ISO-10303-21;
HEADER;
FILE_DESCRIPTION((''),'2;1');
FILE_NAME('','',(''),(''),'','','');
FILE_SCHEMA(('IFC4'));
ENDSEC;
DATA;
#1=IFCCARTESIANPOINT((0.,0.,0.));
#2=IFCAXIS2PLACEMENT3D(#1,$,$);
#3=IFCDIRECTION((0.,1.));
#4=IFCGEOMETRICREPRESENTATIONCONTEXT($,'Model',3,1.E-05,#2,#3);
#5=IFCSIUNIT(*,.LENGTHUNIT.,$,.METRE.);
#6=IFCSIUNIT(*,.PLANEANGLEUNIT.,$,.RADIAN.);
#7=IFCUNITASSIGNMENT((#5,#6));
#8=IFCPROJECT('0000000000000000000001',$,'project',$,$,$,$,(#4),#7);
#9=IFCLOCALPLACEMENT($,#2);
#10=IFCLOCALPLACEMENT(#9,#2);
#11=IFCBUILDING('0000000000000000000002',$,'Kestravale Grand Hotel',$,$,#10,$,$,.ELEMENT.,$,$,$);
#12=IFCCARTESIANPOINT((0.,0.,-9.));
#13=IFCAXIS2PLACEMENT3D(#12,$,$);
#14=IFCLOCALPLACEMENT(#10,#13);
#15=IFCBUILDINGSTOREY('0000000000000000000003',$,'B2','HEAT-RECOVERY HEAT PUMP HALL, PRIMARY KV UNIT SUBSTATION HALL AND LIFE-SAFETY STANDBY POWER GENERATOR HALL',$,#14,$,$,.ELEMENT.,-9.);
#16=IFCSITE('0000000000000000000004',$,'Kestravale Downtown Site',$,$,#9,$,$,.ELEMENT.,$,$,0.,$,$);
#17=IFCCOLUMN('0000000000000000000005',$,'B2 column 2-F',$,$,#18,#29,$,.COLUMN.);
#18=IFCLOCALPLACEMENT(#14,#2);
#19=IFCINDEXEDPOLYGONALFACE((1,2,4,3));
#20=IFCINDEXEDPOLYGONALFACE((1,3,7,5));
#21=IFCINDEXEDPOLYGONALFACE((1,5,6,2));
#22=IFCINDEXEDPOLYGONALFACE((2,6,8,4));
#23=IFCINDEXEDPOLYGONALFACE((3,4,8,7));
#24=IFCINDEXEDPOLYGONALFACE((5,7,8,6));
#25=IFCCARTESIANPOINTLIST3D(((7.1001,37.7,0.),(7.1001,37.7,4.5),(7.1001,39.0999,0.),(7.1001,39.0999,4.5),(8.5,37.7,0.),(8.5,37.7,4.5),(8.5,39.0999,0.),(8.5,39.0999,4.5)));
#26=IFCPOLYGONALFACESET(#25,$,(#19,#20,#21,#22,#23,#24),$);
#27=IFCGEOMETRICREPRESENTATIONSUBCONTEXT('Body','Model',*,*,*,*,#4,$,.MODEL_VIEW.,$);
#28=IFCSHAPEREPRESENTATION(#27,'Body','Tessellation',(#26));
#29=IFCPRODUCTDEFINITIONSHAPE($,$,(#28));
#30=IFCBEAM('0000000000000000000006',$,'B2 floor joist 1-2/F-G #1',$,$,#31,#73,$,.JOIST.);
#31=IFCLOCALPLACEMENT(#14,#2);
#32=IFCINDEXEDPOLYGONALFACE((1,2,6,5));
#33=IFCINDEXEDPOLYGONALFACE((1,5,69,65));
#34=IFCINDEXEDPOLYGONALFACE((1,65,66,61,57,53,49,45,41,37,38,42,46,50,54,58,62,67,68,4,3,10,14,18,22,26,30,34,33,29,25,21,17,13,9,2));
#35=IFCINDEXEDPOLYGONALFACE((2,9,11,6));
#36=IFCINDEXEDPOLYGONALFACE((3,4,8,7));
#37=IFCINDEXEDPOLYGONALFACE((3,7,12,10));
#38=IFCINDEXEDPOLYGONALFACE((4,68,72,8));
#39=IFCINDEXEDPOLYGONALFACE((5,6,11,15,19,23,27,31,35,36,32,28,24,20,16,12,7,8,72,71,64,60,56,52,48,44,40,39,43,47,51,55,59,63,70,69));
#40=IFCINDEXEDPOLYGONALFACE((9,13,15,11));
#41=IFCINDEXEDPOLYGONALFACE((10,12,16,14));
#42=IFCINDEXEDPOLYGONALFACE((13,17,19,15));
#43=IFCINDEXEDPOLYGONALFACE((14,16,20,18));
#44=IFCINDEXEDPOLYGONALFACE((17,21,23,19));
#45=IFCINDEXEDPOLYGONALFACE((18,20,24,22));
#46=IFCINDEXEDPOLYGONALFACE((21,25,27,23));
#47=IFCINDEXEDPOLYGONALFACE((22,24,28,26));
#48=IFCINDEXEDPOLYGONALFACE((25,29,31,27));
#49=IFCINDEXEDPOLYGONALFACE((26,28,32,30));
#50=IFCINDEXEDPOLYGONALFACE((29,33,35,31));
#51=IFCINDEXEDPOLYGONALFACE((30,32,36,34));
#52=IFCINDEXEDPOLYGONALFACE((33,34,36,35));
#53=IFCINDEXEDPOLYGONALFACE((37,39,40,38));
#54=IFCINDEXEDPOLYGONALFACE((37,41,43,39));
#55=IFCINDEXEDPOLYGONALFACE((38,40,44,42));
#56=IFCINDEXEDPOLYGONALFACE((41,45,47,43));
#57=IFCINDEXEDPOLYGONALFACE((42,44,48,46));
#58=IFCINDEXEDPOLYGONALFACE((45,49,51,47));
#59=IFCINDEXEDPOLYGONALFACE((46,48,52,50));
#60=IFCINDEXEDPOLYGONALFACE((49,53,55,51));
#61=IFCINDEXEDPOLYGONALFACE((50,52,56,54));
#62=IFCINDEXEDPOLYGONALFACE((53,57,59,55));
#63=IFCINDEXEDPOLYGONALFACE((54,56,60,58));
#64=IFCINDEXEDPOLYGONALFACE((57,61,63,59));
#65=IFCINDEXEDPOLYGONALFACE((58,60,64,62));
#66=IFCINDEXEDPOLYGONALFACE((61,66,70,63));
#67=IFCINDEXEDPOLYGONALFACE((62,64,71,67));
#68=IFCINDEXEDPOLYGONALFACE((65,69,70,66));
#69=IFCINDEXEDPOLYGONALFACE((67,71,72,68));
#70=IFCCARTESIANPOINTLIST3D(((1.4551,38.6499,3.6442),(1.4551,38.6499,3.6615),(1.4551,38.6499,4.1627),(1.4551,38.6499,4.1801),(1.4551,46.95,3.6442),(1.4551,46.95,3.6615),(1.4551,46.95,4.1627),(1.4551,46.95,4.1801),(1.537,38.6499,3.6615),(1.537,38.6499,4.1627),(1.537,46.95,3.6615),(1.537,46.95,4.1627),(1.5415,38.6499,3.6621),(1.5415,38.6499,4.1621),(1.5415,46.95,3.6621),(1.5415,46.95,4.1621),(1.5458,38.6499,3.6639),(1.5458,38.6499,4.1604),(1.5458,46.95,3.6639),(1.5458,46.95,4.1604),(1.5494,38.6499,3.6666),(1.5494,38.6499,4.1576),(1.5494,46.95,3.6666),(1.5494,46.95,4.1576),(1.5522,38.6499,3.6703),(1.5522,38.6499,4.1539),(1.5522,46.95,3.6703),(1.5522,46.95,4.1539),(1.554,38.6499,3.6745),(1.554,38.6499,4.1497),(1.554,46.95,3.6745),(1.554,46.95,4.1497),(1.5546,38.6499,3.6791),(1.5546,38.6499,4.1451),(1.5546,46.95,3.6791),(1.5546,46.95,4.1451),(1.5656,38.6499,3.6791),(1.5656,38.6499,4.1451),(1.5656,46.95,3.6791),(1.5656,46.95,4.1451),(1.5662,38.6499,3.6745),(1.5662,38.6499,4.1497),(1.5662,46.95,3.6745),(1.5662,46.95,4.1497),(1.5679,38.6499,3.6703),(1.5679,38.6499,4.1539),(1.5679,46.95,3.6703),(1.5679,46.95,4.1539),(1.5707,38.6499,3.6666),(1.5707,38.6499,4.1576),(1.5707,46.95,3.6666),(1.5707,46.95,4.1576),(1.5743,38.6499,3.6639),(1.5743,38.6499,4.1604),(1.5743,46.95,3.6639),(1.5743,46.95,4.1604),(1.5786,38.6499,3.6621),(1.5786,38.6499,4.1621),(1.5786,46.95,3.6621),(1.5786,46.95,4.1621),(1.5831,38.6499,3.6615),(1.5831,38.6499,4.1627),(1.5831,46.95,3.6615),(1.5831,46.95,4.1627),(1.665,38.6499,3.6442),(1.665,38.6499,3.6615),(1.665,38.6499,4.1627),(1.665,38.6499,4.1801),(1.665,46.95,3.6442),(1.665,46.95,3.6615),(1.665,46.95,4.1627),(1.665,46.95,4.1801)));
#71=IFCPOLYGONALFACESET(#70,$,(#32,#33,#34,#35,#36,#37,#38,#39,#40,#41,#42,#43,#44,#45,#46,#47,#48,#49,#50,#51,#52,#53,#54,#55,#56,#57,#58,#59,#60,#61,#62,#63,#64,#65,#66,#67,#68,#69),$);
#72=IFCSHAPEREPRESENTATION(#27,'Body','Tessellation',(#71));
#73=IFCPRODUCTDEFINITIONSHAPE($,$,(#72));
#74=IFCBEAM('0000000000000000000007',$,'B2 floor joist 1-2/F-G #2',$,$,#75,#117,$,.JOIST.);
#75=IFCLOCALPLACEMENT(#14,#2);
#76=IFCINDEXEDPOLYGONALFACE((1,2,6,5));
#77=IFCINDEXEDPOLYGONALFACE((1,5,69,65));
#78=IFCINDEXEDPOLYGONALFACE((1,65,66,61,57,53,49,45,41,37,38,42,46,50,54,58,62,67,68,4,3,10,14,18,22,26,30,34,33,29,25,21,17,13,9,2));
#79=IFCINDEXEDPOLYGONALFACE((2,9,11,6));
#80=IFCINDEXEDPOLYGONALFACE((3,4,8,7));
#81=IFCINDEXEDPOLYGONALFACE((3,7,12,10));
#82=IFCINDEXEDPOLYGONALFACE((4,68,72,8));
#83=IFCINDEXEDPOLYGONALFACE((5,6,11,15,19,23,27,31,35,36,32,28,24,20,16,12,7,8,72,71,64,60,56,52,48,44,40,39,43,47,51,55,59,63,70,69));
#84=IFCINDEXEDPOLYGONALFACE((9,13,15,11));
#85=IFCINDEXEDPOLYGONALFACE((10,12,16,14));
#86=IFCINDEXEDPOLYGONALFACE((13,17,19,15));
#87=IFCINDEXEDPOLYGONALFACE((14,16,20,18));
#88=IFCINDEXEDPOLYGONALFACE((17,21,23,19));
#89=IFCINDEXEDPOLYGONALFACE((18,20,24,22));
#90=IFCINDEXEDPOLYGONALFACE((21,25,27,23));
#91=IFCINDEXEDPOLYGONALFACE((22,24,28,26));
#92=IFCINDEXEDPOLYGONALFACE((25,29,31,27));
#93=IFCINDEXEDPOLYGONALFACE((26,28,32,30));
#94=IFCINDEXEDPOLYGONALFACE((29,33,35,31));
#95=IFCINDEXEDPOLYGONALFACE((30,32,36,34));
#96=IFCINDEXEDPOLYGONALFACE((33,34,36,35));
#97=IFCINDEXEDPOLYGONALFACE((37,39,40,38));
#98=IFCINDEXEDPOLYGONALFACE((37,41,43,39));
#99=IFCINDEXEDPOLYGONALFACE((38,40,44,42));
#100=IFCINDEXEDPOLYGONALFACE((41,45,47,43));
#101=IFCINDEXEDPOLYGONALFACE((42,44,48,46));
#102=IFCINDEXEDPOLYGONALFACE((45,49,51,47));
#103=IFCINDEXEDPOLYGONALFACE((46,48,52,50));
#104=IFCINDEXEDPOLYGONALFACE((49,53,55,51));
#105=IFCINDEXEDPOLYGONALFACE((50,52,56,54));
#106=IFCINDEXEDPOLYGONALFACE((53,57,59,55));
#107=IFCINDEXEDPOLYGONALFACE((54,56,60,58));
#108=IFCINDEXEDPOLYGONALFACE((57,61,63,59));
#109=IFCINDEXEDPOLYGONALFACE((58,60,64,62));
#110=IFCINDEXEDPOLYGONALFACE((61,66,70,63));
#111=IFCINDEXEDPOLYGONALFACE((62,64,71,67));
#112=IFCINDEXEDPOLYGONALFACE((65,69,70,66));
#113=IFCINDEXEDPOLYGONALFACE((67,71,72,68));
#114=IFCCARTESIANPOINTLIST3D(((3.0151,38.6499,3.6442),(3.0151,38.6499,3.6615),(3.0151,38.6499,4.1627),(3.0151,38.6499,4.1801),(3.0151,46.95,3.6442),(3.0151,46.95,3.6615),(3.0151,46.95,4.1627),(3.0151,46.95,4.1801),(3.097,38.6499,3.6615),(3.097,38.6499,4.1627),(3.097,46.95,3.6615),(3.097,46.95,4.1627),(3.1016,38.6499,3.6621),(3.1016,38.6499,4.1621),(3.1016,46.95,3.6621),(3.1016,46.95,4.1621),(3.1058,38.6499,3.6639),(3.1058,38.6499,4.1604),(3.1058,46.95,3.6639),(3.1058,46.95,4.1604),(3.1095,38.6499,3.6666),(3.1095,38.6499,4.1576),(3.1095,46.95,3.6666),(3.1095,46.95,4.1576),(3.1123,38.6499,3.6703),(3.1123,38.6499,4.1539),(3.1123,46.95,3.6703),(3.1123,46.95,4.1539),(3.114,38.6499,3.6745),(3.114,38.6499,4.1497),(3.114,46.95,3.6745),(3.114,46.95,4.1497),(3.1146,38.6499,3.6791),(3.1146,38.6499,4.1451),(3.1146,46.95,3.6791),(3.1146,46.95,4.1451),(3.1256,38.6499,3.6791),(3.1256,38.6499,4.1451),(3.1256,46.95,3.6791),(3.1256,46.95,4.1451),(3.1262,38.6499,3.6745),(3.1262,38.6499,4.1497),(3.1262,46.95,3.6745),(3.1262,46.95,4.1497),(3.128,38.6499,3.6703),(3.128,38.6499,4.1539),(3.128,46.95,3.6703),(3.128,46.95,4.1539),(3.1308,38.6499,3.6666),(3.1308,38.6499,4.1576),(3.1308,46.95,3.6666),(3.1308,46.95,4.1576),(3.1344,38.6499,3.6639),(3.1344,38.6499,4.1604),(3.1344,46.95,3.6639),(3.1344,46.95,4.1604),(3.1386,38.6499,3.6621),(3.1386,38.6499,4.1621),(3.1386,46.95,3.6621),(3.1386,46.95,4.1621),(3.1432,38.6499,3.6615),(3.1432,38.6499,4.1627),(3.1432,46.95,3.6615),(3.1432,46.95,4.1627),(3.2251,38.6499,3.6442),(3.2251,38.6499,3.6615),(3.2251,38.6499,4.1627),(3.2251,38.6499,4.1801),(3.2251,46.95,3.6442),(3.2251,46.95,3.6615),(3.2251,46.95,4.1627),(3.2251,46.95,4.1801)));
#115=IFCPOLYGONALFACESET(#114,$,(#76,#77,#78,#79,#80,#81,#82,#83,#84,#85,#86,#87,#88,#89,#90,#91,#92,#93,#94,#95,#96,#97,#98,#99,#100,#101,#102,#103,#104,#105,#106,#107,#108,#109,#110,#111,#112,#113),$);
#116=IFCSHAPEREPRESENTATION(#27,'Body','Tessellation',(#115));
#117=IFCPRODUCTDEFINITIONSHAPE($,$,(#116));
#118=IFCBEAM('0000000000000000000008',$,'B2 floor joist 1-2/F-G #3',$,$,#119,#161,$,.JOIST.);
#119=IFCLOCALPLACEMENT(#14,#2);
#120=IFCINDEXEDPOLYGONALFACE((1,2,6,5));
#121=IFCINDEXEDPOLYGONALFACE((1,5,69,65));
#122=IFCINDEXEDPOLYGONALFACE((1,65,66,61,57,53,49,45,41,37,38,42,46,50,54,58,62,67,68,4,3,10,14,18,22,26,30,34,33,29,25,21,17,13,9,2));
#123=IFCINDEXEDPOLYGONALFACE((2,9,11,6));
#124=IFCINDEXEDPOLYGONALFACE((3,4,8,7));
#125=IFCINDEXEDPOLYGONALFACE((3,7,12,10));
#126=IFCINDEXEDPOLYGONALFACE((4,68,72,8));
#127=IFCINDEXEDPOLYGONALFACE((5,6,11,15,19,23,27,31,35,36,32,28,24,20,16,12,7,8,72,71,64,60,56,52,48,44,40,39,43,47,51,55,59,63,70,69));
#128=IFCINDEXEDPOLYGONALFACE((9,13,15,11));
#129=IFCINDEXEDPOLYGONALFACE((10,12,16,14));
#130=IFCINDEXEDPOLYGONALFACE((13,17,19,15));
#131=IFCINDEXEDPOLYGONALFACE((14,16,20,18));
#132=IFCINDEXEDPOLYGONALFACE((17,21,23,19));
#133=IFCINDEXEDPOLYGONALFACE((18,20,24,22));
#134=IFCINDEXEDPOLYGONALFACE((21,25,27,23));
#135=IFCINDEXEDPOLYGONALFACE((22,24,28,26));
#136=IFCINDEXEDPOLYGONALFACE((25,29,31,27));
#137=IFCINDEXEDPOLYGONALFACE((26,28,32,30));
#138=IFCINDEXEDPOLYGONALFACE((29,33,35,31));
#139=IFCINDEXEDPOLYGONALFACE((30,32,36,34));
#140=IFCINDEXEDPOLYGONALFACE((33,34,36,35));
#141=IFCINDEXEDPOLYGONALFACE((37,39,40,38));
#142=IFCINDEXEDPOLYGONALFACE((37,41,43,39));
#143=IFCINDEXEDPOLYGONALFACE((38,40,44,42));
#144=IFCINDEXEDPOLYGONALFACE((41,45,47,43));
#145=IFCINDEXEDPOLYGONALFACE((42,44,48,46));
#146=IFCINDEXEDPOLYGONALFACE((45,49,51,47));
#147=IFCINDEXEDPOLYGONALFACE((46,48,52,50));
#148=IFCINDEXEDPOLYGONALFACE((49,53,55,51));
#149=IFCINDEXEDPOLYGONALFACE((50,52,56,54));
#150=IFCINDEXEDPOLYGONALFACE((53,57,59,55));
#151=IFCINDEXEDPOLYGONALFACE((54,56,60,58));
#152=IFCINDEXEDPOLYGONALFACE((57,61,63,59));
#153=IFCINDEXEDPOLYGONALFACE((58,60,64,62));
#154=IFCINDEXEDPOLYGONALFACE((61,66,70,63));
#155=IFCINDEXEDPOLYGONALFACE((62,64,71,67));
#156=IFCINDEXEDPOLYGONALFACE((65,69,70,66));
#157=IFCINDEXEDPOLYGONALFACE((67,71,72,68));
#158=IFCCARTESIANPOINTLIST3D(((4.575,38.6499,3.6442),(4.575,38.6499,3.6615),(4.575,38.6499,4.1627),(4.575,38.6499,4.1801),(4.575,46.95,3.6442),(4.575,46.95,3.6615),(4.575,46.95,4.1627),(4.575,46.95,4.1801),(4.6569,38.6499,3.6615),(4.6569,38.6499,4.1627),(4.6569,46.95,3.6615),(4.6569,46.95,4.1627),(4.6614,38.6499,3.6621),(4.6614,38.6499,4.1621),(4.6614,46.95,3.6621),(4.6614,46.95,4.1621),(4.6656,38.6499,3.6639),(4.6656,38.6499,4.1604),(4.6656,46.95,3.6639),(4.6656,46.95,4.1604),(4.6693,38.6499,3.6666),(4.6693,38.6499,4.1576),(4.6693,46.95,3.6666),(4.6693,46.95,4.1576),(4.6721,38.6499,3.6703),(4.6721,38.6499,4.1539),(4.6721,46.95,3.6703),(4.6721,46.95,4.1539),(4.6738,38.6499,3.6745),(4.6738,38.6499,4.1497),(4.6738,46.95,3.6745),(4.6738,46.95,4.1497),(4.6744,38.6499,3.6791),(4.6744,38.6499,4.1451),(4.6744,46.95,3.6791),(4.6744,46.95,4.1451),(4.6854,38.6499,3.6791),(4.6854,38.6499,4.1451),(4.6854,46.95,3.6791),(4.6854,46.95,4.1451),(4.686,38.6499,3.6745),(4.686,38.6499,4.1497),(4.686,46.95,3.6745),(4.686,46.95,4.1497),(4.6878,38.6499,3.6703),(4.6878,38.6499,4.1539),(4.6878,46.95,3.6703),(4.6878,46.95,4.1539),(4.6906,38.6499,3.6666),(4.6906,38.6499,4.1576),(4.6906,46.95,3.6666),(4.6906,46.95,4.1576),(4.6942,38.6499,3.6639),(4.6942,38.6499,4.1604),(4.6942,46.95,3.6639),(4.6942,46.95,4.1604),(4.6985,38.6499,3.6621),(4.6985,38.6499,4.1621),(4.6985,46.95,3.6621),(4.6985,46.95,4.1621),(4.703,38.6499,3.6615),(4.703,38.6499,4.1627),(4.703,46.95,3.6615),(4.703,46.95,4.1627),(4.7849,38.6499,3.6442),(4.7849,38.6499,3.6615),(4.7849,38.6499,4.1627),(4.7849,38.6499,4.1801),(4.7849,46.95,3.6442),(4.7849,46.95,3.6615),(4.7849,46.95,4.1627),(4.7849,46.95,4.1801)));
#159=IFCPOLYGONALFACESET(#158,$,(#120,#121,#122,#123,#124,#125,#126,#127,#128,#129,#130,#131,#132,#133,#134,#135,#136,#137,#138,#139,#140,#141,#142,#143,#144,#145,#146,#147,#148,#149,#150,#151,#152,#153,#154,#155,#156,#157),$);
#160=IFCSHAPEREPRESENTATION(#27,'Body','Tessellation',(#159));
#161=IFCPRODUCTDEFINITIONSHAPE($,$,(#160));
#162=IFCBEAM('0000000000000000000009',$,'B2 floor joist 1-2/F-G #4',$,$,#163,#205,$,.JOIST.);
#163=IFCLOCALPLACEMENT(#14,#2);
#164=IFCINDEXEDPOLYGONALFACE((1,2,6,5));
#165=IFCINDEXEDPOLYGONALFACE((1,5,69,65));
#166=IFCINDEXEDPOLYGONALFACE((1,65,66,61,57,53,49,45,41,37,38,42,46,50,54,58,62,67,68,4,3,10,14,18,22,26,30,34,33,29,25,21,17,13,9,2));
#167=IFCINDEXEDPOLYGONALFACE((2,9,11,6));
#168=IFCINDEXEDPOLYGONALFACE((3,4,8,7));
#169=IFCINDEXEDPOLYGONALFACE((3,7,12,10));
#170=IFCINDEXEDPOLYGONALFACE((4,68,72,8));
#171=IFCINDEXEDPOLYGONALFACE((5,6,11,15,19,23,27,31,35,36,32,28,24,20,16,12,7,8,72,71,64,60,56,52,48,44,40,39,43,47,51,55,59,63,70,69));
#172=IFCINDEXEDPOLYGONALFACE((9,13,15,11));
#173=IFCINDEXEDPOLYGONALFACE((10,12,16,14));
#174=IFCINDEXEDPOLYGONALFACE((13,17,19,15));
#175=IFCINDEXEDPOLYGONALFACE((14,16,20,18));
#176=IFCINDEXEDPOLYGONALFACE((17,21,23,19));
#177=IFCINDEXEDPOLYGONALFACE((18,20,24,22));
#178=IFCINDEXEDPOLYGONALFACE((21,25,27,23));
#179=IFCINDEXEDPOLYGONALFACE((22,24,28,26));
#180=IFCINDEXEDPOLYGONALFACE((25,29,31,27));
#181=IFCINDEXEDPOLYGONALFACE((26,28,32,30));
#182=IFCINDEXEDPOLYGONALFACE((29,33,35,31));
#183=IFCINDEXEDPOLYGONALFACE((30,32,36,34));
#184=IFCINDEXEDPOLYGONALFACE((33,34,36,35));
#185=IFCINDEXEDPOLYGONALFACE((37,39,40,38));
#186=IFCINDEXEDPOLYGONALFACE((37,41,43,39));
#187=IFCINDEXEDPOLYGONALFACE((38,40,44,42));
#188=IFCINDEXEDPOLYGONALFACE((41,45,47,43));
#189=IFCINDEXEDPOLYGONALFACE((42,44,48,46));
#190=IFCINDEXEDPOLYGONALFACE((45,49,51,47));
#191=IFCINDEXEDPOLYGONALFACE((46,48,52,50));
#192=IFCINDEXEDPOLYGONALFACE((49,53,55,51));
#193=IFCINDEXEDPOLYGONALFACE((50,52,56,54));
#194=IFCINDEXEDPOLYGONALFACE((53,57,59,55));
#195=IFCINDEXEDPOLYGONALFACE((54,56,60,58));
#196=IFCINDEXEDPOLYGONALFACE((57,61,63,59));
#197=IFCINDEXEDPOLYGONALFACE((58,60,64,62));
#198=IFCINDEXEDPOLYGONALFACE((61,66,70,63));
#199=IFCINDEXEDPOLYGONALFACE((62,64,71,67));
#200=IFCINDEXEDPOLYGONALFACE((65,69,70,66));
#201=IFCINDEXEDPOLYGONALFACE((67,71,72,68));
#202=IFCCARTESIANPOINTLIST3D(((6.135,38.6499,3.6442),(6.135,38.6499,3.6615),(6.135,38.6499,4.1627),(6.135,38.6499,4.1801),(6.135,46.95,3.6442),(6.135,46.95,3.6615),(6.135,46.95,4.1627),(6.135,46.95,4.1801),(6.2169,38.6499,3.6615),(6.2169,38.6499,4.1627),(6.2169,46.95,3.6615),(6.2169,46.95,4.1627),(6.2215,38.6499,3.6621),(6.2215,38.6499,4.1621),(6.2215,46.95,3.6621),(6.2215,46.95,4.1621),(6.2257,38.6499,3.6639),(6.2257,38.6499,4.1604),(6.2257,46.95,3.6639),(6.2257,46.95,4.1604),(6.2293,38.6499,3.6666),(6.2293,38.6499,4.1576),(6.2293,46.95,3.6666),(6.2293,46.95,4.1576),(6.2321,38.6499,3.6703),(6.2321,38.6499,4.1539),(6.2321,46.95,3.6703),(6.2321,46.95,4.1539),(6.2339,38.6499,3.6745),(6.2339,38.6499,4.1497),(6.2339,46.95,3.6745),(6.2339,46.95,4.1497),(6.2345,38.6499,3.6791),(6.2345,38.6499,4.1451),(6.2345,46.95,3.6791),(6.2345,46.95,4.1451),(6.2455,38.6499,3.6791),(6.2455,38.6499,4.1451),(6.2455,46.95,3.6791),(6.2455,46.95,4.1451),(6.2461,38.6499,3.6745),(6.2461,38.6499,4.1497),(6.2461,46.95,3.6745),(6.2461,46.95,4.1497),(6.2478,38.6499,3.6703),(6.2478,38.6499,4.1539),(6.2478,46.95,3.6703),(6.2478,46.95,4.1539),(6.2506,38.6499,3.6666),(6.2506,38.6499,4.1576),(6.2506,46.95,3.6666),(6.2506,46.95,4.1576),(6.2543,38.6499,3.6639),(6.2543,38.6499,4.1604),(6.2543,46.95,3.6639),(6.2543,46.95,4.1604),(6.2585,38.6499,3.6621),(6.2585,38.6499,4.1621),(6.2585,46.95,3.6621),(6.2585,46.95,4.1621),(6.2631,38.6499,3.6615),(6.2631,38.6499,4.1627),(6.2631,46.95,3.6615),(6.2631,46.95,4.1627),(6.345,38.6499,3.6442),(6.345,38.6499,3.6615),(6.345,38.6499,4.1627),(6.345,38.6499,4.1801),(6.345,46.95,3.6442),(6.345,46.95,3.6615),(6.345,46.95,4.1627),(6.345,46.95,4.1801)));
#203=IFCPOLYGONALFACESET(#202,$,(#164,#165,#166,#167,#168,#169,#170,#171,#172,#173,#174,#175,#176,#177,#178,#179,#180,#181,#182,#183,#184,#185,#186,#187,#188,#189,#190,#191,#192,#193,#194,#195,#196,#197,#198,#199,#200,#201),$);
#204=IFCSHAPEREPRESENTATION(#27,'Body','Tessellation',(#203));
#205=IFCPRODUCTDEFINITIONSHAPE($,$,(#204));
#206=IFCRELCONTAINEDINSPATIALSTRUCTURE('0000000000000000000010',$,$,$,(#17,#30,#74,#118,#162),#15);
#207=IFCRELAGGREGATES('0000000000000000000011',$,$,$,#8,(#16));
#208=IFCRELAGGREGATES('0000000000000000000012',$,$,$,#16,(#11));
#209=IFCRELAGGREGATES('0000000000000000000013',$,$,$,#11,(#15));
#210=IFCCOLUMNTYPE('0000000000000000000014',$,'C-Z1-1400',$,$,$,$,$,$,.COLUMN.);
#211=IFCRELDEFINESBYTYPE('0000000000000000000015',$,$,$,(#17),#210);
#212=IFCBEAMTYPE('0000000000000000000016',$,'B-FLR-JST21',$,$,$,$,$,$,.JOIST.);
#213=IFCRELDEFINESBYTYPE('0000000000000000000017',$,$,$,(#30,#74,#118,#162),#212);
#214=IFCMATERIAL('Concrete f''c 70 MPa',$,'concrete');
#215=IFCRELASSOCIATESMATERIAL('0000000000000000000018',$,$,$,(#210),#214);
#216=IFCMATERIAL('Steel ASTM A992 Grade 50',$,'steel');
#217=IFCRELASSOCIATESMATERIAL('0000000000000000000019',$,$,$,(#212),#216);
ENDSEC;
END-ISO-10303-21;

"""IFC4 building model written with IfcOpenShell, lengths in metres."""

from ifc_helpers import new_model, si_unit, direction, frame, origin, origin_2d, place, context, subcontext, project, spatial, rectangle, i_section, extrude, material, material_profile, profile_set, type_object, element, save


model = new_model("IFC4")

# Units and contexts
model_context = context("Model", 3, precision=1e-05, world=origin(), true_north=direction((0.0, 1.0)))
body_context = subcontext(model_context, "Body", "Model", "MODEL_VIEW")
ifc_project = project(units=[si_unit("LENGTHUNIT", "METRE"), si_unit("PLANEANGLEUNIT", "RADIAN")], contexts=[model_context])

# Site, building, storey
site_placement = place(None, origin())
site = spatial("IfcSite", under=ifc_project, at=site_placement, Name="Kestravale Downtown Site", CompositionType="ELEMENT", RefElevation=0.0)
building_placement = place(site_placement, origin())
building = spatial("IfcBuilding", under=site, at=building_placement, Name="Kestravale Grand Hotel", CompositionType="ELEMENT")
storey_placement = place(building_placement, frame((0.0, 0.0, -9.0)))
storey = spatial("IfcBuildingStorey", under=building, at=storey_placement, Name="B2", Description="HEAT-RECOVERY HEAT PUMP HALL, PRIMARY KV UNIT SUBSTATION HALL AND LIFE-SAFETY STANDBY POWER GENERATOR HALL", CompositionType="ELEMENT", Elevation=-9.0)

# Column
ifc_material_1 = material(Name="Concrete f'c 70 MPa", Category="concrete")
ifc_material_profile_1 = material_profile(ifc_material_1, rectangle(XDim=1.3999, YDim=1.3999, at=origin_2d()))
ifc_profile_set_1 = profile_set([ifc_material_profile_1], Name="Concrete f'c 70 MPa")
column_type = type_object("IfcColumnType", Name="C-Z1-1400", PredefinedType="COLUMN", material=ifc_profile_set_1)
for number, where, z_axis, x_axis, name in (
    (1, (7.8, 38.3999, 0.0), (0.0, 0.0, 1.0), (1.0, 0.0, 0.0), "B2 column 2-F"),
):
    element("IfcColumn", number, at=place(storey_placement, frame(where, z_axis=z_axis, x_axis=x_axis)), inside=storey, type_object=column_type, Name=name, PredefinedType="COLUMN", context=body_context, shape_type="SweptSolid", body=[
        extrude(rectangle(XDim=1.3999, YDim=1.3999, at=origin_2d()), origin(), (0.0, 0.0, 1.0), 4.5),
    ])

# Beams
ifc_material_2 = material(Name="Steel ASTM A992 Grade 50", Category="steel")
ifc_material_profile_2 = material_profile(ifc_material_2, i_section(OverallWidth=0.21, OverallDepth=0.5359, WebThickness=0.011, FlangeThickness=0.0173, FilletRadius=0.0176, at=origin_2d()))
ifc_profile_set_2 = profile_set([ifc_material_profile_2], Name="Steel ASTM A992 Grade 50")
beam_type_1 = type_object("IfcBeamType", Name="B-FLR-JST21", PredefinedType="JOIST", material=ifc_profile_set_2)
for number, where, z_axis, x_axis, name in (
    (2, (1.5601, 38.6499, 3.9121), (0.0, 1.0, 0.0), (-1.0, 0.0, 0.0), "B2 floor joist 1-2/F-G #1"),
    (3, (3.1201, 38.6499, 3.9121), (0.0, 1.0, 0.0), (-1.0, 0.0, 0.0), "B2 floor joist 1-2/F-G #2"),
    (4, (4.6799, 38.6499, 3.9121), (0.0, 1.0, 0.0), (-1.0, 0.0, 0.0), "B2 floor joist 1-2/F-G #3"),
    (5, (6.24, 38.6499, 3.9121), (0.0, 1.0, 0.0), (-1.0, 0.0, 0.0), "B2 floor joist 1-2/F-G #4"),
):
    element("IfcBeam", number, at=place(storey_placement, frame(where, z_axis=z_axis, x_axis=x_axis)), inside=storey, type_object=beam_type_1, Name=name, PredefinedType="JOIST", context=body_context, shape_type="SweptSolid", body=[
        extrude(i_section(OverallWidth=0.21, OverallDepth=0.5359, WebThickness=0.011, FlangeThickness=0.0173, FilletRadius=0.0176, at=origin_2d()), origin(), (0.0, 0.0, 1.0), 8.3),
    ])

save(model, "model.ifc")
